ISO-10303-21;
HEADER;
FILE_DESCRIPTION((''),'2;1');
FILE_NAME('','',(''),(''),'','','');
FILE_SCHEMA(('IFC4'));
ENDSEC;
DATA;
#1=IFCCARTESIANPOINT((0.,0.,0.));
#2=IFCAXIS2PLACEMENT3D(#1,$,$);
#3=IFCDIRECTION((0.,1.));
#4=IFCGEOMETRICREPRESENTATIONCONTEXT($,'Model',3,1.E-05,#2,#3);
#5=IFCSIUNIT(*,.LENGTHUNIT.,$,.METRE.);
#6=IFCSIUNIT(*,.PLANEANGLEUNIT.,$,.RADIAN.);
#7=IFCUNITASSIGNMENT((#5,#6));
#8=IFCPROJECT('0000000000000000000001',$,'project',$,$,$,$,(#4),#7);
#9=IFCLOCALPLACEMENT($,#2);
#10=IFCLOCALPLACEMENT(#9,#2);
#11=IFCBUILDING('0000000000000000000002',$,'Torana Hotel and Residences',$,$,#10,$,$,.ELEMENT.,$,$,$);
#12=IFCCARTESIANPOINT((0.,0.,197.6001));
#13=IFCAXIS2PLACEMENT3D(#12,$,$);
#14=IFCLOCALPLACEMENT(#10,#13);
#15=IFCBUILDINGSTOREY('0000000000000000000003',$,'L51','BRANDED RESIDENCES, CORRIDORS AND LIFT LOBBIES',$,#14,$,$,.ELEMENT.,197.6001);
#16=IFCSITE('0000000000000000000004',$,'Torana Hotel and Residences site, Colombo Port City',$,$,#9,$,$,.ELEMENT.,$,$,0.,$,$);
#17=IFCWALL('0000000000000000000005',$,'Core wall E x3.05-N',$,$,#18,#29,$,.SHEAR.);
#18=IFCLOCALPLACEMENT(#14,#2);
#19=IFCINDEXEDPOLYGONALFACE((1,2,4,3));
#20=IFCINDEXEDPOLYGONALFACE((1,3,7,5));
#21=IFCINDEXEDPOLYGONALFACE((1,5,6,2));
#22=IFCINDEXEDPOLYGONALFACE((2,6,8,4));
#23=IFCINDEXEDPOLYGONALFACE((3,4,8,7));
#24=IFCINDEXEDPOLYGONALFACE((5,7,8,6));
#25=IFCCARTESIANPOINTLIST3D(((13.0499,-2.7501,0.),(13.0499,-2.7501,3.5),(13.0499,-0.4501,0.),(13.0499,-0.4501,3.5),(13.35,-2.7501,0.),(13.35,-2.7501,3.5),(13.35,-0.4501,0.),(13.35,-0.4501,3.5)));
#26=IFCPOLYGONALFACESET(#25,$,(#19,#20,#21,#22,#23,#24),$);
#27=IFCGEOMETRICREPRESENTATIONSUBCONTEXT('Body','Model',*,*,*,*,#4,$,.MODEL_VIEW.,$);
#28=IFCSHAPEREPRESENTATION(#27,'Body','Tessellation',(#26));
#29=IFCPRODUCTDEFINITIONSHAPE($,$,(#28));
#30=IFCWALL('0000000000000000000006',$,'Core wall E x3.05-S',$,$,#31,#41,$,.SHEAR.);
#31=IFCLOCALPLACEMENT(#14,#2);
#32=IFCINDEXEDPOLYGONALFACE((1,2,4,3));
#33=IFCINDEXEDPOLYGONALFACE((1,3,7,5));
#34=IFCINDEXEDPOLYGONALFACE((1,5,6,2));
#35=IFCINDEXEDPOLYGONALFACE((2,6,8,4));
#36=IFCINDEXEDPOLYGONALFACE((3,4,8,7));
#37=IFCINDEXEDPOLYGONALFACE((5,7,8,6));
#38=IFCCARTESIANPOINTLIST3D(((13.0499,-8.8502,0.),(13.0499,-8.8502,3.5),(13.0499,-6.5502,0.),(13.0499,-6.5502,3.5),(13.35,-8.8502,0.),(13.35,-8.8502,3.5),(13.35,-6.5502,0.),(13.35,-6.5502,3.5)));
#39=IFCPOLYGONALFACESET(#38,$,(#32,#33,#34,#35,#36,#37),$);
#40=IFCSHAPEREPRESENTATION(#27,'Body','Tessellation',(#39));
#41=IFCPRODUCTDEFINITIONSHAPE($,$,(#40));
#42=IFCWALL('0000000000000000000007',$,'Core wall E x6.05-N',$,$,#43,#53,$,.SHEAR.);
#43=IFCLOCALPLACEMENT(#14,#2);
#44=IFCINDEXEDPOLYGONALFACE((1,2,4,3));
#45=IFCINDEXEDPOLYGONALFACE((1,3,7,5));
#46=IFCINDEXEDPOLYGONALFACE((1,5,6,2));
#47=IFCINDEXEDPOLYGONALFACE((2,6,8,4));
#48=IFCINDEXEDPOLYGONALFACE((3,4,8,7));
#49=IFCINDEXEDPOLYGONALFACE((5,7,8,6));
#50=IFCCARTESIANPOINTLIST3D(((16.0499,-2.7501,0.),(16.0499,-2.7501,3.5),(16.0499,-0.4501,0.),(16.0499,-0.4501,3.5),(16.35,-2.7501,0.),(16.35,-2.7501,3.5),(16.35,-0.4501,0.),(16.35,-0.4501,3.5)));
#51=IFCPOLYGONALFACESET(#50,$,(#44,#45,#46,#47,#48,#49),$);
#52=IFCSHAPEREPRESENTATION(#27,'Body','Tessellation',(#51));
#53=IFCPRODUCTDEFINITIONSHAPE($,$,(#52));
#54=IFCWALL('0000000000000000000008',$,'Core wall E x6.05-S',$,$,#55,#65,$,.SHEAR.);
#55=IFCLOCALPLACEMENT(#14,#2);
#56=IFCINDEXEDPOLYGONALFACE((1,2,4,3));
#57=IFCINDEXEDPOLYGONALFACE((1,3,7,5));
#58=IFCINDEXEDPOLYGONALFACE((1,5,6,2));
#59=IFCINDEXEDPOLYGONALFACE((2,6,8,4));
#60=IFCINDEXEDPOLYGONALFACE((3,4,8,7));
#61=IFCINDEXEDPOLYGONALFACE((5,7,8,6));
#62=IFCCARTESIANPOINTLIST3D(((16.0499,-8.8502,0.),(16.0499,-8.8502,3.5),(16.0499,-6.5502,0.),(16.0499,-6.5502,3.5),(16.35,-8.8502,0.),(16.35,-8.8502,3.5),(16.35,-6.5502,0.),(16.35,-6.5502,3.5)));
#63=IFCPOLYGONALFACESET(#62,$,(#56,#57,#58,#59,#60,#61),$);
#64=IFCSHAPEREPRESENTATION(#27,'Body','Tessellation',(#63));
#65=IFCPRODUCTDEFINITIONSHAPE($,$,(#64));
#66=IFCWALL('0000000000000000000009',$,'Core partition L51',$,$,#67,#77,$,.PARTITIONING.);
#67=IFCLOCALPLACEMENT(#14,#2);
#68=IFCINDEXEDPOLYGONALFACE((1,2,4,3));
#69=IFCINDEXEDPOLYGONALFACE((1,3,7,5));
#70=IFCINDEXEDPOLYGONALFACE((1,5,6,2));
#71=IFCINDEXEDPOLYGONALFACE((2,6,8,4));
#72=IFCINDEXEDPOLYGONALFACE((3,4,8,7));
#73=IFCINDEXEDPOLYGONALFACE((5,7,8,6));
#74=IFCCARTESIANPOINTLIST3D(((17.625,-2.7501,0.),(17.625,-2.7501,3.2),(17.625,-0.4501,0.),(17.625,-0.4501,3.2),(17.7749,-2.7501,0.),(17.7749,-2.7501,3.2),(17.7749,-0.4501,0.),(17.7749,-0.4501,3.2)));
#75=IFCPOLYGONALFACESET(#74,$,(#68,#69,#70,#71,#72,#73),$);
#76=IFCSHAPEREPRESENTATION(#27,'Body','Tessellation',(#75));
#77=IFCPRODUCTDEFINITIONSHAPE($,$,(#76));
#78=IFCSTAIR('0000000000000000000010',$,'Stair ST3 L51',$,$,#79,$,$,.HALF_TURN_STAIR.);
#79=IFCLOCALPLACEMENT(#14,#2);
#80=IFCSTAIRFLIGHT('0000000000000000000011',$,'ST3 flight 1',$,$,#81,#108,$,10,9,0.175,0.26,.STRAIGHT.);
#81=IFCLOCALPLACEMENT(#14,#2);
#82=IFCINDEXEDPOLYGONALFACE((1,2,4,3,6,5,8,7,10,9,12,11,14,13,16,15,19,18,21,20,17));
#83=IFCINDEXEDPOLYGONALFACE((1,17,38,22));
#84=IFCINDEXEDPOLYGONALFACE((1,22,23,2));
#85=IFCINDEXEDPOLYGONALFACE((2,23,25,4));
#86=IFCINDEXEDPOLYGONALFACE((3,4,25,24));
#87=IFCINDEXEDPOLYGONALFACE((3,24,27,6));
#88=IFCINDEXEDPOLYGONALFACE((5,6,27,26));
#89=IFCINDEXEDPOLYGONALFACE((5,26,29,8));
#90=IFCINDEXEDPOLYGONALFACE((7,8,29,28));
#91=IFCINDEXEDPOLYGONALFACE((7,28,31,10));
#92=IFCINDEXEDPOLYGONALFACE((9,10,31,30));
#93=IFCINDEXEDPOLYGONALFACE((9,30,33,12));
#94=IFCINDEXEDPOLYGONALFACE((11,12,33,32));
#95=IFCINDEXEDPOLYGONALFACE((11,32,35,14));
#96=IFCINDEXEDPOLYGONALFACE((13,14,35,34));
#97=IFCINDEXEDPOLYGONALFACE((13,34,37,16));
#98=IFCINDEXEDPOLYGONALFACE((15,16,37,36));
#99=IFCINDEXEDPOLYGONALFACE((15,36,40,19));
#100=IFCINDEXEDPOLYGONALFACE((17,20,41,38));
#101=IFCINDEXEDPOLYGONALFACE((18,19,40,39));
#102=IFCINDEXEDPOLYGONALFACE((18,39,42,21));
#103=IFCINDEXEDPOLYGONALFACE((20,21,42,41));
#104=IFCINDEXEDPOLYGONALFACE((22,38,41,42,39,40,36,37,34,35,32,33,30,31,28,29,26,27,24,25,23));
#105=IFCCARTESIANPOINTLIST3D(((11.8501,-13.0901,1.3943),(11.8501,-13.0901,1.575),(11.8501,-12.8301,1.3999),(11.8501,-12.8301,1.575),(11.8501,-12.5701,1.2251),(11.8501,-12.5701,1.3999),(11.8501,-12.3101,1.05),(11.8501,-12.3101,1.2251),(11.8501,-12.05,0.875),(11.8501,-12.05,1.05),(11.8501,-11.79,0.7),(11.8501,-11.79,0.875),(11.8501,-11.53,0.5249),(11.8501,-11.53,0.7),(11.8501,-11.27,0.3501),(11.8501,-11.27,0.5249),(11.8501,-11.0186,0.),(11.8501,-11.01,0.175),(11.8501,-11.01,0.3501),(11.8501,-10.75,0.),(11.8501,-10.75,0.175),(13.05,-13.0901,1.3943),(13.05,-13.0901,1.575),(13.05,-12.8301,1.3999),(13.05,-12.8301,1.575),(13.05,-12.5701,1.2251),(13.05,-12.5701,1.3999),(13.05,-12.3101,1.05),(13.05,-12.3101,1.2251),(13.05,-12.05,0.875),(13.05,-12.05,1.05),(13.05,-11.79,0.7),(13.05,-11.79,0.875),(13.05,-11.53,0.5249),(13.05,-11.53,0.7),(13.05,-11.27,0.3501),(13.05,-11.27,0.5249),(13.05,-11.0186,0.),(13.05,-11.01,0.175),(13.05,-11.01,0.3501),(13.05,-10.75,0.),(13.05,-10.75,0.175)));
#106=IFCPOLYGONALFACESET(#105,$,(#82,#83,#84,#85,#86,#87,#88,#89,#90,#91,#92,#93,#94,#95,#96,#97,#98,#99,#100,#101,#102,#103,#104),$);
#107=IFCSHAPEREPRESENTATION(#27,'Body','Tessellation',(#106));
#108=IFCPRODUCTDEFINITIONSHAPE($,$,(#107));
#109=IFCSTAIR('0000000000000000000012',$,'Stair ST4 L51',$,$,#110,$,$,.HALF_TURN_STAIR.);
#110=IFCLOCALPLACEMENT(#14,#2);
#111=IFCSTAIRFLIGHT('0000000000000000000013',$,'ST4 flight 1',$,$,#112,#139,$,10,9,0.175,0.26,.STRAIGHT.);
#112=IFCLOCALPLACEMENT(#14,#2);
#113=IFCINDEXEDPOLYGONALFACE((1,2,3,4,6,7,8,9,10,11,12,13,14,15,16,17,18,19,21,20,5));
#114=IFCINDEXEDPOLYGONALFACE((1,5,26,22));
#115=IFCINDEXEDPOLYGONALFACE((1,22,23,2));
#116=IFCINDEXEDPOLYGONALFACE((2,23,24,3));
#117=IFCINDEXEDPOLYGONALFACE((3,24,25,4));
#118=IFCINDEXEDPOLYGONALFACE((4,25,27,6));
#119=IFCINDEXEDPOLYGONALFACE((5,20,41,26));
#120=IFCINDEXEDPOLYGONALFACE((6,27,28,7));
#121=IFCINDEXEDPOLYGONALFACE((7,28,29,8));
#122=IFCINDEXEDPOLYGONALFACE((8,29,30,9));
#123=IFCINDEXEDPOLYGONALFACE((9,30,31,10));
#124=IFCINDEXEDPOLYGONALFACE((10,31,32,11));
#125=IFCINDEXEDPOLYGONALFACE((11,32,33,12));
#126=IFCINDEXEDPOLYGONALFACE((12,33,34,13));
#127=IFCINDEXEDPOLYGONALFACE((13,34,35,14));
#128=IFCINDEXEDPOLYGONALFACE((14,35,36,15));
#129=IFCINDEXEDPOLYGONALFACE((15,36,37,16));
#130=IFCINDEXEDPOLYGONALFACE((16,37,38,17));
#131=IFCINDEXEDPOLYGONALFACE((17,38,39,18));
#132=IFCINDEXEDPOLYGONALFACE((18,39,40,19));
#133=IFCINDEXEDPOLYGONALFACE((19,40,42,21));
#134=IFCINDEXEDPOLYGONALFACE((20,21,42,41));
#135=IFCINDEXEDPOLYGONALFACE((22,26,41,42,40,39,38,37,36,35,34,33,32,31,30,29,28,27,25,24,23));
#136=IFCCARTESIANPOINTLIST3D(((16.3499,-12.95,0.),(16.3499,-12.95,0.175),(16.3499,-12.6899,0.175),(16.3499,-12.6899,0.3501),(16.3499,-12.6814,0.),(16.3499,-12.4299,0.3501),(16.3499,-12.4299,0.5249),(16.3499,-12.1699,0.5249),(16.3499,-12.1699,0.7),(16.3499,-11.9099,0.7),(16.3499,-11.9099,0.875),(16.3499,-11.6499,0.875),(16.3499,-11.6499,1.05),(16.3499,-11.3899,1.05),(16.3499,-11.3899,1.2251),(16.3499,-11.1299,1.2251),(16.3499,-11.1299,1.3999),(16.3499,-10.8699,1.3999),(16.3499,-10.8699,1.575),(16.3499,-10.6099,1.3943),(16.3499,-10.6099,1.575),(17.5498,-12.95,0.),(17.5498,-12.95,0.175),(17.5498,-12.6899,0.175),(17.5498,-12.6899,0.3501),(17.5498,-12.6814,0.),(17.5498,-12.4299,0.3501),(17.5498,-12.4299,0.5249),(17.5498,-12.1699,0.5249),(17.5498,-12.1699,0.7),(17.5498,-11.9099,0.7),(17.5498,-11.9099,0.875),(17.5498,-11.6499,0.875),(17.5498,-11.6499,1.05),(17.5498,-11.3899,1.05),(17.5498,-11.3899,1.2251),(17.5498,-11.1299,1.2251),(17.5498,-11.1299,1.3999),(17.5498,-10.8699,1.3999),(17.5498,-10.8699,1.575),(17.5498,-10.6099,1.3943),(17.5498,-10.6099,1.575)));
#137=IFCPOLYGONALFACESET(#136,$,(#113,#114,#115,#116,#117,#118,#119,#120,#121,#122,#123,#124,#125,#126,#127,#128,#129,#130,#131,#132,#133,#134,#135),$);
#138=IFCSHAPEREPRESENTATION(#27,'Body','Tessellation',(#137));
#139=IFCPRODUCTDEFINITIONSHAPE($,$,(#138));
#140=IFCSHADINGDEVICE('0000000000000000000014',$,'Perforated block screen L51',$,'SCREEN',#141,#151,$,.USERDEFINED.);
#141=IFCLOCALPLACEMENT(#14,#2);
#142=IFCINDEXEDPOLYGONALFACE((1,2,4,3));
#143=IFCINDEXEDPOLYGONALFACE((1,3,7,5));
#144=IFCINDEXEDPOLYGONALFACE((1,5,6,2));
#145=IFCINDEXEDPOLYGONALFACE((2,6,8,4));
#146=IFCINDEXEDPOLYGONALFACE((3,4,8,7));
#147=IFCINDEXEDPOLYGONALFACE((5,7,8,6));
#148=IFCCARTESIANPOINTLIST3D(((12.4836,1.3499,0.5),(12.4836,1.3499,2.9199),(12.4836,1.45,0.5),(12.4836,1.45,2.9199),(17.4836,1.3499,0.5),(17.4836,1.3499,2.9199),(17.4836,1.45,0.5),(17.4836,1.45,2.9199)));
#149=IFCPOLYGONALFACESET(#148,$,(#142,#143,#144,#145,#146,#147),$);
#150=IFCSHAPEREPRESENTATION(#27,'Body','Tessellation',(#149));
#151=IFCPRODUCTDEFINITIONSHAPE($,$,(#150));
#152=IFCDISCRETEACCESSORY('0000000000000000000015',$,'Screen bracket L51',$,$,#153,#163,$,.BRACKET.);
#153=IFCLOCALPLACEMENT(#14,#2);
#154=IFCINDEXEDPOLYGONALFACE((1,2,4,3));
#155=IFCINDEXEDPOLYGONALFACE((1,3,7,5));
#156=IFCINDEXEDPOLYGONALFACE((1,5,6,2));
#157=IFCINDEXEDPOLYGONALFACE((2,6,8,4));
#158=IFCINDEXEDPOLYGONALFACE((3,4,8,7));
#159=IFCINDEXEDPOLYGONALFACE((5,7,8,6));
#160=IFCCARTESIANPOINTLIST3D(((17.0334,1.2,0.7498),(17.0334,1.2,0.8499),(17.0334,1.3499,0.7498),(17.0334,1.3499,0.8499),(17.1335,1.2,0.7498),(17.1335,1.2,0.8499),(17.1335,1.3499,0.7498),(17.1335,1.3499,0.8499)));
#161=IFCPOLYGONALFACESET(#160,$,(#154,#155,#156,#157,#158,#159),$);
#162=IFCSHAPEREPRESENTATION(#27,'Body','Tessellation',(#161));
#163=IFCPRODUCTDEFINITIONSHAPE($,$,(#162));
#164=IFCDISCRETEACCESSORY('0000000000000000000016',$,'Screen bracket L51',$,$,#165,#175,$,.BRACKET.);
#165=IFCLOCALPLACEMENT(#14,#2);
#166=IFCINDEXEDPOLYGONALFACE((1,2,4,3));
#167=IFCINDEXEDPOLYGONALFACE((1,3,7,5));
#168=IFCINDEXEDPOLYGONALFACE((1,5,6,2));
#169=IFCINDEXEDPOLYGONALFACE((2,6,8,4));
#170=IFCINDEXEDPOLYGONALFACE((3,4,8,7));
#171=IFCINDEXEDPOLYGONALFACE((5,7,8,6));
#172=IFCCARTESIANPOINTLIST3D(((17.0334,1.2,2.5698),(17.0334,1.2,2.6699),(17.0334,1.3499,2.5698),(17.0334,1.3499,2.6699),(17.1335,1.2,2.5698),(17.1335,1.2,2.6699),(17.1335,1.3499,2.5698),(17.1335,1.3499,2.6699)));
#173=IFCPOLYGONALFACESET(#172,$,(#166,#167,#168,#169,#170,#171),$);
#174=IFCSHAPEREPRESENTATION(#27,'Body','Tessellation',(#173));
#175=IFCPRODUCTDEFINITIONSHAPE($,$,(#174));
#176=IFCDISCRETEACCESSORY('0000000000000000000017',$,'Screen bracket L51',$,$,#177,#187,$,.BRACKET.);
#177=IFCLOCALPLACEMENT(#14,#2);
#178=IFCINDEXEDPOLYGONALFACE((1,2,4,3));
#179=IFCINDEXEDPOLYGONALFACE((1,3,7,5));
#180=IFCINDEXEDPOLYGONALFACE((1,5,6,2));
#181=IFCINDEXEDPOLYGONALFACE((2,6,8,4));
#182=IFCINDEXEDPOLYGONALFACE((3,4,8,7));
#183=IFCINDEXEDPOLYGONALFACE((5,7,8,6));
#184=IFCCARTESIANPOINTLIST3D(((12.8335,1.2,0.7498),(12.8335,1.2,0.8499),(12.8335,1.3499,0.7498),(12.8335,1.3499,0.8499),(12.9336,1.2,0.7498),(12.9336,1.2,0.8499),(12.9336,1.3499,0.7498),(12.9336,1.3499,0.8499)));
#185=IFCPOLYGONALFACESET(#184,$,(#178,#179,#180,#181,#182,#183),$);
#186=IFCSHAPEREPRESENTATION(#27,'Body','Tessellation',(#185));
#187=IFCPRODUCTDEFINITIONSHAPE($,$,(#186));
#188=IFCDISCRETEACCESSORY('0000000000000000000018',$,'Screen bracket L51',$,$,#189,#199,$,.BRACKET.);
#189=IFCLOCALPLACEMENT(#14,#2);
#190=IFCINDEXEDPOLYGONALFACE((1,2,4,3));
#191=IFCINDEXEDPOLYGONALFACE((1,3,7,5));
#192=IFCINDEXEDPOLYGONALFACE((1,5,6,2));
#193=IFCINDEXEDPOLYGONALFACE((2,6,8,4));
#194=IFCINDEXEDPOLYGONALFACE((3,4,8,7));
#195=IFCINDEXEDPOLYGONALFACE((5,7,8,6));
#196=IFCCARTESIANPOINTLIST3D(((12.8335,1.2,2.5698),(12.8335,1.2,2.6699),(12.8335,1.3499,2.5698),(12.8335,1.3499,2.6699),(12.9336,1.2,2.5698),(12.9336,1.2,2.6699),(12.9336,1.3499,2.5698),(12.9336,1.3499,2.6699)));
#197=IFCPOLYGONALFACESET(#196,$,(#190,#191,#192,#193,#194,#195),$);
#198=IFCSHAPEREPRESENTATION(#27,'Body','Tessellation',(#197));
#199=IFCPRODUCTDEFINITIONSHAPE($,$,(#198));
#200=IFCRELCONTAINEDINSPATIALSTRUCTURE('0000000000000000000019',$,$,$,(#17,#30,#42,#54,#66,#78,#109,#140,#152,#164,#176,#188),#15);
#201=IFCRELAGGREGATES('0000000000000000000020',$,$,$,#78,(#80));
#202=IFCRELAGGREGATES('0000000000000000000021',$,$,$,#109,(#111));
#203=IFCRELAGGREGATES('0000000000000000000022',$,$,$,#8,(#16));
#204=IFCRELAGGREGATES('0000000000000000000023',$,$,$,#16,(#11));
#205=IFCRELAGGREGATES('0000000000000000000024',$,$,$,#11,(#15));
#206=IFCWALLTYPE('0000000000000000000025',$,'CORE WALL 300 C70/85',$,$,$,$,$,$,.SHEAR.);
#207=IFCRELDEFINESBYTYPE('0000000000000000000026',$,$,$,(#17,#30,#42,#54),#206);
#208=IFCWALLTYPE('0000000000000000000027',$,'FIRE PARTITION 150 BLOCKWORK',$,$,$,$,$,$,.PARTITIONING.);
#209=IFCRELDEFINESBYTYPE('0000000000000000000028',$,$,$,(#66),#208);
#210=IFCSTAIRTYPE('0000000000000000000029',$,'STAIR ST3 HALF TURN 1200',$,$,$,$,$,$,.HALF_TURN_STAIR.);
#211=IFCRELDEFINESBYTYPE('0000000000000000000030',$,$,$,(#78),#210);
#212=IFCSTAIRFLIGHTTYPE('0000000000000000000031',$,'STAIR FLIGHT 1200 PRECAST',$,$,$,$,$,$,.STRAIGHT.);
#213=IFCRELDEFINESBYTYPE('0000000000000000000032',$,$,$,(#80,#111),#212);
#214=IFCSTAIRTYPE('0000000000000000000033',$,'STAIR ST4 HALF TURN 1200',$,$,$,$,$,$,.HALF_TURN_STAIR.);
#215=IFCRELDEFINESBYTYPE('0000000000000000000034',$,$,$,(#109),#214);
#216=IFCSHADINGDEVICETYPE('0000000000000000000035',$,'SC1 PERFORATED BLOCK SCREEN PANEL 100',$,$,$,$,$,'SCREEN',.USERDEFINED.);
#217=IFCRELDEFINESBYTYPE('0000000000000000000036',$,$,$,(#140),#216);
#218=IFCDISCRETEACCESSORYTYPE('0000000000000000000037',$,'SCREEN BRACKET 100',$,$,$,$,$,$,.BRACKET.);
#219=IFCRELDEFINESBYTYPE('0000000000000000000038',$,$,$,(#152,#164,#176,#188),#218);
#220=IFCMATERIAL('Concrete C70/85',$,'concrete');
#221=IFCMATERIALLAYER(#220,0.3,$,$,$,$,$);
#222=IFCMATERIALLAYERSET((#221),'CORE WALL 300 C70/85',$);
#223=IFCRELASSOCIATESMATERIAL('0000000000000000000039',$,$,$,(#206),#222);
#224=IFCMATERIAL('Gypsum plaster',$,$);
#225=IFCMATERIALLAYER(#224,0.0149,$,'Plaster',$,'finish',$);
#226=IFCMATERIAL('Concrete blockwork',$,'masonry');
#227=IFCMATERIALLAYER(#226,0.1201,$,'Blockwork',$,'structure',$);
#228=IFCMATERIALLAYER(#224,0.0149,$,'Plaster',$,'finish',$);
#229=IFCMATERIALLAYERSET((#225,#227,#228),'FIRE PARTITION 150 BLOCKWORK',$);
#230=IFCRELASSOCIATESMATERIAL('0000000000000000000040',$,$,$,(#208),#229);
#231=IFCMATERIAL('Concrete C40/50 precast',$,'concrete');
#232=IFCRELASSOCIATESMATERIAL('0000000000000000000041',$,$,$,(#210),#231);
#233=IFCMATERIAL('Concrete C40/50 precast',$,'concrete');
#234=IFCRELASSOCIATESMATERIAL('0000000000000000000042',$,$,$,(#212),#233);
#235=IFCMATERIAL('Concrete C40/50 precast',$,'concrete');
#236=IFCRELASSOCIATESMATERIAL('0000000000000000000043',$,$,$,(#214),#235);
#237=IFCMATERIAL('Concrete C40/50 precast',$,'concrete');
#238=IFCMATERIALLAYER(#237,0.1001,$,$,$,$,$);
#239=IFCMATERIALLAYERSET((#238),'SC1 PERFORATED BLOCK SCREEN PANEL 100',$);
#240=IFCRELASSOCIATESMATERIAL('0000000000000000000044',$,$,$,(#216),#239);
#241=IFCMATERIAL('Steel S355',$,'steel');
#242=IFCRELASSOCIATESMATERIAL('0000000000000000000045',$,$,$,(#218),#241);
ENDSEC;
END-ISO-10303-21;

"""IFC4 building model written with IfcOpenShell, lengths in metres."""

from ifc_helpers import new_model, si_unit, direction, frame, frame_2d, origin, origin_2d, place, context, subcontext, project, spatial, polyline, rectangle, outline, extrude, material, layer, layer_set, type_object, element, aggregate, save


model = new_model("IFC4")

# Units and contexts
model_context = context("Model", 3, precision=1e-05, world=origin(), true_north=direction((0.0, 1.0)))
body_context = subcontext(model_context, "Body", "Model", "MODEL_VIEW")
ifc_project = project(units=[si_unit("LENGTHUNIT", "METRE"), si_unit("PLANEANGLEUNIT", "RADIAN")], contexts=[model_context])

# Site, building, storey
site_placement = place(None, origin())
site = spatial("IfcSite", under=ifc_project, at=site_placement, Name="Torana Hotel and Residences site, Colombo Port City", CompositionType="ELEMENT", RefElevation=0.0)
building_placement = place(site_placement, origin())
building = spatial("IfcBuilding", under=site, at=building_placement, Name="Torana Hotel and Residences", CompositionType="ELEMENT")
storey_placement = place(building_placement, frame((0.0, 0.0, 197.6001)))
storey = spatial("IfcBuildingStorey", under=building, at=storey_placement, Name="L51", Description="BRANDED RESIDENCES, CORRIDORS AND LIFT LOBBIES", CompositionType="ELEMENT", Elevation=197.6001)

# Walls
ifc_material_1 = material(Name="Concrete C70/85", Category="concrete")
ifc_layer_1 = layer(ifc_material_1, 0.3)
ifc_layer_set_1 = layer_set([ifc_layer_1], Name="CORE WALL 300 C70/85")
wall_type_1 = type_object("IfcWallType", Name="CORE WALL 300 C70/85", PredefinedType="SHEAR", material=ifc_layer_set_1)
for number, where, z_axis, x_axis, name in (
    (1, (13.2, -2.75, 0.0), (0.0, 0.0, 1.0), (0.0, 1.0, 0.0), "Core wall E x3.05-N"),
    (2, (13.2, -8.8501, 0.0), (0.0, 0.0, 1.0), (0.0, 1.0, 0.0), "Core wall E x3.05-S"),
    (3, (16.2, -2.75, 0.0), (0.0, 0.0, 1.0), (0.0, 1.0, 0.0), "Core wall E x6.05-N"),
    (4, (16.2, -8.8501, 0.0), (0.0, 0.0, 1.0), (0.0, 1.0, 0.0), "Core wall E x6.05-S"),
):
    element("IfcWall", number, at=place(storey_placement, frame(where, z_axis=z_axis, x_axis=x_axis)), inside=storey, type_object=wall_type_1, Name=name, PredefinedType="SHEAR", context=body_context, shape_type="SweptSolid", body=[
        extrude(rectangle(XDim=2.3, YDim=0.3, at=frame_2d((1.1499, 0.0))), origin(), (0.0, 0.0, 1.0), 3.5),
    ])
ifc_material_2 = material(Name="Gypsum plaster")
ifc_layer_2 = layer(ifc_material_2, 0.0149, Name="Plaster", Category="finish")
ifc_material_3 = material(Name="Concrete blockwork", Category="masonry")
ifc_layer_3 = layer(ifc_material_3, 0.1201, Name="Blockwork", Category="structure")
ifc_layer_4 = layer(ifc_material_2, 0.0149, Name="Plaster", Category="finish")
ifc_layer_set_2 = layer_set([ifc_layer_2, ifc_layer_3, ifc_layer_4], Name="FIRE PARTITION 150 BLOCKWORK")
wall_type_2 = type_object("IfcWallType", Name="FIRE PARTITION 150 BLOCKWORK", PredefinedType="PARTITIONING", material=ifc_layer_set_2)
wall_placement = place(storey_placement, frame((17.7, -2.75, 0.0), z_axis=(0.0, 0.0, 1.0), x_axis=(0.0, 1.0, 0.0)))
element("IfcWall", 5, at=wall_placement, inside=storey, type_object=wall_type_2, Name="Core partition L51", PredefinedType="PARTITIONING", context=body_context, shape_type="SweptSolid", body=[
    extrude(rectangle(XDim=2.3, YDim=0.1499, at=frame_2d((1.1499, 0.0))), origin(), (0.0, 0.0, 1.0), 3.2),
])

# Stairs, stair flights
ifc_material_4 = material(Name="Concrete C40/50 precast", Category="concrete")
stair_type_1 = type_object("IfcStairType", Name="STAIR ST3 HALF TURN 1200", PredefinedType="HALF_TURN_STAIR", material=ifc_material_4)
stair_1_placement = place(storey_placement, origin())
stair_1 = element("IfcStair", 6, at=stair_1_placement, inside=storey, type_object=stair_type_1, Name="Stair ST3 L51", PredefinedType="HALF_TURN_STAIR")
ifc_material_5 = material(Name="Concrete C40/50 precast", Category="concrete")
stair_flight_type = type_object("IfcStairFlightType", Name="STAIR FLIGHT 1200 PRECAST", PredefinedType="STRAIGHT", material=ifc_material_5)
stair_flight_1_placement = place(storey_placement, frame((12.45, -10.75, 0.0), z_axis=(0.0, 0.0, 1.0), x_axis=(0.0, -1.0, 0.0)))
stair_flight_1 = element("IfcStairFlight", 7, at=stair_flight_1_placement, type_object=stair_flight_type, Name="ST3 flight 1", NumberOfRisers=10, NumberOfTreads=9, PredefinedType="STRAIGHT", RiserHeight=0.175, TreadLength=0.26, context=body_context, shape_type="SweptSolid", body=[
    extrude(outline(polyline([(0.0, 0.0), (0.0, 0.175), (0.26, 0.175), (0.26, 0.3501), (0.52, 0.3501), (0.52, 0.5249), (0.78, 0.5249), (0.78, 0.7), (1.04, 0.7), (1.04, 0.875), (1.3, 0.875), (1.3, 1.05), (1.5601, 1.05), (1.5601, 1.2251), (1.8201, 1.2251), (1.8201, 1.3999), (2.0801, 1.3999), (2.0801, 1.575), (2.3401, 1.575), (2.3401, 1.75), (2.3401, 1.3943), (0.2686, 0.0), (0.0, 0.0)])), frame((0.0, 0.6001, 0.0), z_axis=(0.0, -1.0, 0.0), x_axis=(1.0, 0.0, 0.0)), (0.0, 0.0, 1.0), 1.2),
])
aggregate(stair_1, [stair_flight_1])
ifc_material_6 = material(Name="Concrete C40/50 precast", Category="concrete")
stair_type_2 = type_object("IfcStairType", Name="STAIR ST4 HALF TURN 1200", PredefinedType="HALF_TURN_STAIR", material=ifc_material_6)
stair_2_placement = place(storey_placement, origin())
stair_2 = element("IfcStair", 8, at=stair_2_placement, inside=storey, type_object=stair_type_2, Name="Stair ST4 L51", PredefinedType="HALF_TURN_STAIR")
stair_flight_2_placement = place(storey_placement, frame((16.95, -12.95, 0.0), z_axis=(0.0, 0.0, 1.0), x_axis=(0.0, 1.0, 0.0)))
stair_flight_2 = element("IfcStairFlight", 9, at=stair_flight_2_placement, type_object=stair_flight_type, Name="ST4 flight 1", NumberOfRisers=10, NumberOfTreads=9, PredefinedType="STRAIGHT", RiserHeight=0.175, TreadLength=0.26, context=body_context, shape_type="SweptSolid", body=[
    extrude(outline(polyline([(0.0, 0.0), (0.0, 0.175), (0.26, 0.175), (0.26, 0.3501), (0.52, 0.3501), (0.52, 0.5249), (0.78, 0.5249), (0.78, 0.7), (1.04, 0.7), (1.04, 0.875), (1.3, 0.875), (1.3, 1.05), (1.5601, 1.05), (1.5601, 1.2251), (1.8201, 1.2251), (1.8201, 1.3999), (2.0801, 1.3999), (2.0801, 1.575), (2.3401, 1.575), (2.3401, 1.75), (2.3401, 1.3943), (0.2686, 0.0), (0.0, 0.0)])), frame((0.0, 0.6001, 0.0), z_axis=(0.0, -1.0, 0.0), x_axis=(1.0, 0.0, 0.0)), (0.0, 0.0, 1.0), 1.2),
])
aggregate(stair_2, [stair_flight_2])

# Shading device
ifc_material_7 = material(Name="Concrete C40/50 precast", Category="concrete")
ifc_layer_5 = layer(ifc_material_7, 0.1001)
ifc_layer_set_3 = layer_set([ifc_layer_5], Name="SC1 PERFORATED BLOCK SCREEN PANEL 100")
shading_device_type = type_object("IfcShadingDeviceType", Name="SC1 PERFORATED BLOCK SCREEN PANEL 100", ElementType="SCREEN", PredefinedType="USERDEFINED", material=ifc_layer_set_3)
shading_device_placement = place(storey_placement, frame((14.9836, 1.3999, 0.5), z_axis=(0.0, 0.0, 1.0), x_axis=(-1.0, 0.0, 0.0)))
element("IfcShadingDevice", 10, at=shading_device_placement, inside=storey, type_object=shading_device_type, Name="Perforated block screen L51", ObjectType="SCREEN", PredefinedType="USERDEFINED", context=body_context, shape_type="SweptSolid", body=[
    extrude(rectangle(XDim=5.0, YDim=0.1001, at=origin_2d()), origin(), (0.0, 0.0, 1.0), 2.4199),
])

# Discrete accessories
ifc_material_8 = material(Name="Steel S355", Category="steel")
discrete_accessory_type = type_object("IfcDiscreteAccessoryType", Name="SCREEN BRACKET 100", PredefinedType="BRACKET", material=ifc_material_8)
for number, where, z_axis, x_axis, name in (
    (11, (17.0835, 1.2749, 0.7498), (0.0, 0.0, 1.0), (-1.0, 0.0, 0.0), "Screen bracket L51"),
    (12, (17.0835, 1.2749, 2.5698), (0.0, 0.0, 1.0), (-1.0, 0.0, 0.0), "Screen bracket L51"),
    (13, (12.8835, 1.2749, 0.7498), (0.0, 0.0, 1.0), (-1.0, 0.0, 0.0), "Screen bracket L51"),
    (14, (12.8835, 1.2749, 2.5698), (0.0, 0.0, 1.0), (-1.0, 0.0, 0.0), "Screen bracket L51"),
):
    element("IfcDiscreteAccessory", number, at=place(storey_placement, frame(where, z_axis=z_axis, x_axis=x_axis)), inside=storey, type_object=discrete_accessory_type, Name=name, PredefinedType="BRACKET", context=body_context, shape_type="SweptSolid", body=[
        extrude(rectangle(XDim=0.1001, YDim=0.1499, at=origin_2d()), origin(), (0.0, 0.0, 1.0), 0.1001),
    ])

save(model, "model.ifc")
